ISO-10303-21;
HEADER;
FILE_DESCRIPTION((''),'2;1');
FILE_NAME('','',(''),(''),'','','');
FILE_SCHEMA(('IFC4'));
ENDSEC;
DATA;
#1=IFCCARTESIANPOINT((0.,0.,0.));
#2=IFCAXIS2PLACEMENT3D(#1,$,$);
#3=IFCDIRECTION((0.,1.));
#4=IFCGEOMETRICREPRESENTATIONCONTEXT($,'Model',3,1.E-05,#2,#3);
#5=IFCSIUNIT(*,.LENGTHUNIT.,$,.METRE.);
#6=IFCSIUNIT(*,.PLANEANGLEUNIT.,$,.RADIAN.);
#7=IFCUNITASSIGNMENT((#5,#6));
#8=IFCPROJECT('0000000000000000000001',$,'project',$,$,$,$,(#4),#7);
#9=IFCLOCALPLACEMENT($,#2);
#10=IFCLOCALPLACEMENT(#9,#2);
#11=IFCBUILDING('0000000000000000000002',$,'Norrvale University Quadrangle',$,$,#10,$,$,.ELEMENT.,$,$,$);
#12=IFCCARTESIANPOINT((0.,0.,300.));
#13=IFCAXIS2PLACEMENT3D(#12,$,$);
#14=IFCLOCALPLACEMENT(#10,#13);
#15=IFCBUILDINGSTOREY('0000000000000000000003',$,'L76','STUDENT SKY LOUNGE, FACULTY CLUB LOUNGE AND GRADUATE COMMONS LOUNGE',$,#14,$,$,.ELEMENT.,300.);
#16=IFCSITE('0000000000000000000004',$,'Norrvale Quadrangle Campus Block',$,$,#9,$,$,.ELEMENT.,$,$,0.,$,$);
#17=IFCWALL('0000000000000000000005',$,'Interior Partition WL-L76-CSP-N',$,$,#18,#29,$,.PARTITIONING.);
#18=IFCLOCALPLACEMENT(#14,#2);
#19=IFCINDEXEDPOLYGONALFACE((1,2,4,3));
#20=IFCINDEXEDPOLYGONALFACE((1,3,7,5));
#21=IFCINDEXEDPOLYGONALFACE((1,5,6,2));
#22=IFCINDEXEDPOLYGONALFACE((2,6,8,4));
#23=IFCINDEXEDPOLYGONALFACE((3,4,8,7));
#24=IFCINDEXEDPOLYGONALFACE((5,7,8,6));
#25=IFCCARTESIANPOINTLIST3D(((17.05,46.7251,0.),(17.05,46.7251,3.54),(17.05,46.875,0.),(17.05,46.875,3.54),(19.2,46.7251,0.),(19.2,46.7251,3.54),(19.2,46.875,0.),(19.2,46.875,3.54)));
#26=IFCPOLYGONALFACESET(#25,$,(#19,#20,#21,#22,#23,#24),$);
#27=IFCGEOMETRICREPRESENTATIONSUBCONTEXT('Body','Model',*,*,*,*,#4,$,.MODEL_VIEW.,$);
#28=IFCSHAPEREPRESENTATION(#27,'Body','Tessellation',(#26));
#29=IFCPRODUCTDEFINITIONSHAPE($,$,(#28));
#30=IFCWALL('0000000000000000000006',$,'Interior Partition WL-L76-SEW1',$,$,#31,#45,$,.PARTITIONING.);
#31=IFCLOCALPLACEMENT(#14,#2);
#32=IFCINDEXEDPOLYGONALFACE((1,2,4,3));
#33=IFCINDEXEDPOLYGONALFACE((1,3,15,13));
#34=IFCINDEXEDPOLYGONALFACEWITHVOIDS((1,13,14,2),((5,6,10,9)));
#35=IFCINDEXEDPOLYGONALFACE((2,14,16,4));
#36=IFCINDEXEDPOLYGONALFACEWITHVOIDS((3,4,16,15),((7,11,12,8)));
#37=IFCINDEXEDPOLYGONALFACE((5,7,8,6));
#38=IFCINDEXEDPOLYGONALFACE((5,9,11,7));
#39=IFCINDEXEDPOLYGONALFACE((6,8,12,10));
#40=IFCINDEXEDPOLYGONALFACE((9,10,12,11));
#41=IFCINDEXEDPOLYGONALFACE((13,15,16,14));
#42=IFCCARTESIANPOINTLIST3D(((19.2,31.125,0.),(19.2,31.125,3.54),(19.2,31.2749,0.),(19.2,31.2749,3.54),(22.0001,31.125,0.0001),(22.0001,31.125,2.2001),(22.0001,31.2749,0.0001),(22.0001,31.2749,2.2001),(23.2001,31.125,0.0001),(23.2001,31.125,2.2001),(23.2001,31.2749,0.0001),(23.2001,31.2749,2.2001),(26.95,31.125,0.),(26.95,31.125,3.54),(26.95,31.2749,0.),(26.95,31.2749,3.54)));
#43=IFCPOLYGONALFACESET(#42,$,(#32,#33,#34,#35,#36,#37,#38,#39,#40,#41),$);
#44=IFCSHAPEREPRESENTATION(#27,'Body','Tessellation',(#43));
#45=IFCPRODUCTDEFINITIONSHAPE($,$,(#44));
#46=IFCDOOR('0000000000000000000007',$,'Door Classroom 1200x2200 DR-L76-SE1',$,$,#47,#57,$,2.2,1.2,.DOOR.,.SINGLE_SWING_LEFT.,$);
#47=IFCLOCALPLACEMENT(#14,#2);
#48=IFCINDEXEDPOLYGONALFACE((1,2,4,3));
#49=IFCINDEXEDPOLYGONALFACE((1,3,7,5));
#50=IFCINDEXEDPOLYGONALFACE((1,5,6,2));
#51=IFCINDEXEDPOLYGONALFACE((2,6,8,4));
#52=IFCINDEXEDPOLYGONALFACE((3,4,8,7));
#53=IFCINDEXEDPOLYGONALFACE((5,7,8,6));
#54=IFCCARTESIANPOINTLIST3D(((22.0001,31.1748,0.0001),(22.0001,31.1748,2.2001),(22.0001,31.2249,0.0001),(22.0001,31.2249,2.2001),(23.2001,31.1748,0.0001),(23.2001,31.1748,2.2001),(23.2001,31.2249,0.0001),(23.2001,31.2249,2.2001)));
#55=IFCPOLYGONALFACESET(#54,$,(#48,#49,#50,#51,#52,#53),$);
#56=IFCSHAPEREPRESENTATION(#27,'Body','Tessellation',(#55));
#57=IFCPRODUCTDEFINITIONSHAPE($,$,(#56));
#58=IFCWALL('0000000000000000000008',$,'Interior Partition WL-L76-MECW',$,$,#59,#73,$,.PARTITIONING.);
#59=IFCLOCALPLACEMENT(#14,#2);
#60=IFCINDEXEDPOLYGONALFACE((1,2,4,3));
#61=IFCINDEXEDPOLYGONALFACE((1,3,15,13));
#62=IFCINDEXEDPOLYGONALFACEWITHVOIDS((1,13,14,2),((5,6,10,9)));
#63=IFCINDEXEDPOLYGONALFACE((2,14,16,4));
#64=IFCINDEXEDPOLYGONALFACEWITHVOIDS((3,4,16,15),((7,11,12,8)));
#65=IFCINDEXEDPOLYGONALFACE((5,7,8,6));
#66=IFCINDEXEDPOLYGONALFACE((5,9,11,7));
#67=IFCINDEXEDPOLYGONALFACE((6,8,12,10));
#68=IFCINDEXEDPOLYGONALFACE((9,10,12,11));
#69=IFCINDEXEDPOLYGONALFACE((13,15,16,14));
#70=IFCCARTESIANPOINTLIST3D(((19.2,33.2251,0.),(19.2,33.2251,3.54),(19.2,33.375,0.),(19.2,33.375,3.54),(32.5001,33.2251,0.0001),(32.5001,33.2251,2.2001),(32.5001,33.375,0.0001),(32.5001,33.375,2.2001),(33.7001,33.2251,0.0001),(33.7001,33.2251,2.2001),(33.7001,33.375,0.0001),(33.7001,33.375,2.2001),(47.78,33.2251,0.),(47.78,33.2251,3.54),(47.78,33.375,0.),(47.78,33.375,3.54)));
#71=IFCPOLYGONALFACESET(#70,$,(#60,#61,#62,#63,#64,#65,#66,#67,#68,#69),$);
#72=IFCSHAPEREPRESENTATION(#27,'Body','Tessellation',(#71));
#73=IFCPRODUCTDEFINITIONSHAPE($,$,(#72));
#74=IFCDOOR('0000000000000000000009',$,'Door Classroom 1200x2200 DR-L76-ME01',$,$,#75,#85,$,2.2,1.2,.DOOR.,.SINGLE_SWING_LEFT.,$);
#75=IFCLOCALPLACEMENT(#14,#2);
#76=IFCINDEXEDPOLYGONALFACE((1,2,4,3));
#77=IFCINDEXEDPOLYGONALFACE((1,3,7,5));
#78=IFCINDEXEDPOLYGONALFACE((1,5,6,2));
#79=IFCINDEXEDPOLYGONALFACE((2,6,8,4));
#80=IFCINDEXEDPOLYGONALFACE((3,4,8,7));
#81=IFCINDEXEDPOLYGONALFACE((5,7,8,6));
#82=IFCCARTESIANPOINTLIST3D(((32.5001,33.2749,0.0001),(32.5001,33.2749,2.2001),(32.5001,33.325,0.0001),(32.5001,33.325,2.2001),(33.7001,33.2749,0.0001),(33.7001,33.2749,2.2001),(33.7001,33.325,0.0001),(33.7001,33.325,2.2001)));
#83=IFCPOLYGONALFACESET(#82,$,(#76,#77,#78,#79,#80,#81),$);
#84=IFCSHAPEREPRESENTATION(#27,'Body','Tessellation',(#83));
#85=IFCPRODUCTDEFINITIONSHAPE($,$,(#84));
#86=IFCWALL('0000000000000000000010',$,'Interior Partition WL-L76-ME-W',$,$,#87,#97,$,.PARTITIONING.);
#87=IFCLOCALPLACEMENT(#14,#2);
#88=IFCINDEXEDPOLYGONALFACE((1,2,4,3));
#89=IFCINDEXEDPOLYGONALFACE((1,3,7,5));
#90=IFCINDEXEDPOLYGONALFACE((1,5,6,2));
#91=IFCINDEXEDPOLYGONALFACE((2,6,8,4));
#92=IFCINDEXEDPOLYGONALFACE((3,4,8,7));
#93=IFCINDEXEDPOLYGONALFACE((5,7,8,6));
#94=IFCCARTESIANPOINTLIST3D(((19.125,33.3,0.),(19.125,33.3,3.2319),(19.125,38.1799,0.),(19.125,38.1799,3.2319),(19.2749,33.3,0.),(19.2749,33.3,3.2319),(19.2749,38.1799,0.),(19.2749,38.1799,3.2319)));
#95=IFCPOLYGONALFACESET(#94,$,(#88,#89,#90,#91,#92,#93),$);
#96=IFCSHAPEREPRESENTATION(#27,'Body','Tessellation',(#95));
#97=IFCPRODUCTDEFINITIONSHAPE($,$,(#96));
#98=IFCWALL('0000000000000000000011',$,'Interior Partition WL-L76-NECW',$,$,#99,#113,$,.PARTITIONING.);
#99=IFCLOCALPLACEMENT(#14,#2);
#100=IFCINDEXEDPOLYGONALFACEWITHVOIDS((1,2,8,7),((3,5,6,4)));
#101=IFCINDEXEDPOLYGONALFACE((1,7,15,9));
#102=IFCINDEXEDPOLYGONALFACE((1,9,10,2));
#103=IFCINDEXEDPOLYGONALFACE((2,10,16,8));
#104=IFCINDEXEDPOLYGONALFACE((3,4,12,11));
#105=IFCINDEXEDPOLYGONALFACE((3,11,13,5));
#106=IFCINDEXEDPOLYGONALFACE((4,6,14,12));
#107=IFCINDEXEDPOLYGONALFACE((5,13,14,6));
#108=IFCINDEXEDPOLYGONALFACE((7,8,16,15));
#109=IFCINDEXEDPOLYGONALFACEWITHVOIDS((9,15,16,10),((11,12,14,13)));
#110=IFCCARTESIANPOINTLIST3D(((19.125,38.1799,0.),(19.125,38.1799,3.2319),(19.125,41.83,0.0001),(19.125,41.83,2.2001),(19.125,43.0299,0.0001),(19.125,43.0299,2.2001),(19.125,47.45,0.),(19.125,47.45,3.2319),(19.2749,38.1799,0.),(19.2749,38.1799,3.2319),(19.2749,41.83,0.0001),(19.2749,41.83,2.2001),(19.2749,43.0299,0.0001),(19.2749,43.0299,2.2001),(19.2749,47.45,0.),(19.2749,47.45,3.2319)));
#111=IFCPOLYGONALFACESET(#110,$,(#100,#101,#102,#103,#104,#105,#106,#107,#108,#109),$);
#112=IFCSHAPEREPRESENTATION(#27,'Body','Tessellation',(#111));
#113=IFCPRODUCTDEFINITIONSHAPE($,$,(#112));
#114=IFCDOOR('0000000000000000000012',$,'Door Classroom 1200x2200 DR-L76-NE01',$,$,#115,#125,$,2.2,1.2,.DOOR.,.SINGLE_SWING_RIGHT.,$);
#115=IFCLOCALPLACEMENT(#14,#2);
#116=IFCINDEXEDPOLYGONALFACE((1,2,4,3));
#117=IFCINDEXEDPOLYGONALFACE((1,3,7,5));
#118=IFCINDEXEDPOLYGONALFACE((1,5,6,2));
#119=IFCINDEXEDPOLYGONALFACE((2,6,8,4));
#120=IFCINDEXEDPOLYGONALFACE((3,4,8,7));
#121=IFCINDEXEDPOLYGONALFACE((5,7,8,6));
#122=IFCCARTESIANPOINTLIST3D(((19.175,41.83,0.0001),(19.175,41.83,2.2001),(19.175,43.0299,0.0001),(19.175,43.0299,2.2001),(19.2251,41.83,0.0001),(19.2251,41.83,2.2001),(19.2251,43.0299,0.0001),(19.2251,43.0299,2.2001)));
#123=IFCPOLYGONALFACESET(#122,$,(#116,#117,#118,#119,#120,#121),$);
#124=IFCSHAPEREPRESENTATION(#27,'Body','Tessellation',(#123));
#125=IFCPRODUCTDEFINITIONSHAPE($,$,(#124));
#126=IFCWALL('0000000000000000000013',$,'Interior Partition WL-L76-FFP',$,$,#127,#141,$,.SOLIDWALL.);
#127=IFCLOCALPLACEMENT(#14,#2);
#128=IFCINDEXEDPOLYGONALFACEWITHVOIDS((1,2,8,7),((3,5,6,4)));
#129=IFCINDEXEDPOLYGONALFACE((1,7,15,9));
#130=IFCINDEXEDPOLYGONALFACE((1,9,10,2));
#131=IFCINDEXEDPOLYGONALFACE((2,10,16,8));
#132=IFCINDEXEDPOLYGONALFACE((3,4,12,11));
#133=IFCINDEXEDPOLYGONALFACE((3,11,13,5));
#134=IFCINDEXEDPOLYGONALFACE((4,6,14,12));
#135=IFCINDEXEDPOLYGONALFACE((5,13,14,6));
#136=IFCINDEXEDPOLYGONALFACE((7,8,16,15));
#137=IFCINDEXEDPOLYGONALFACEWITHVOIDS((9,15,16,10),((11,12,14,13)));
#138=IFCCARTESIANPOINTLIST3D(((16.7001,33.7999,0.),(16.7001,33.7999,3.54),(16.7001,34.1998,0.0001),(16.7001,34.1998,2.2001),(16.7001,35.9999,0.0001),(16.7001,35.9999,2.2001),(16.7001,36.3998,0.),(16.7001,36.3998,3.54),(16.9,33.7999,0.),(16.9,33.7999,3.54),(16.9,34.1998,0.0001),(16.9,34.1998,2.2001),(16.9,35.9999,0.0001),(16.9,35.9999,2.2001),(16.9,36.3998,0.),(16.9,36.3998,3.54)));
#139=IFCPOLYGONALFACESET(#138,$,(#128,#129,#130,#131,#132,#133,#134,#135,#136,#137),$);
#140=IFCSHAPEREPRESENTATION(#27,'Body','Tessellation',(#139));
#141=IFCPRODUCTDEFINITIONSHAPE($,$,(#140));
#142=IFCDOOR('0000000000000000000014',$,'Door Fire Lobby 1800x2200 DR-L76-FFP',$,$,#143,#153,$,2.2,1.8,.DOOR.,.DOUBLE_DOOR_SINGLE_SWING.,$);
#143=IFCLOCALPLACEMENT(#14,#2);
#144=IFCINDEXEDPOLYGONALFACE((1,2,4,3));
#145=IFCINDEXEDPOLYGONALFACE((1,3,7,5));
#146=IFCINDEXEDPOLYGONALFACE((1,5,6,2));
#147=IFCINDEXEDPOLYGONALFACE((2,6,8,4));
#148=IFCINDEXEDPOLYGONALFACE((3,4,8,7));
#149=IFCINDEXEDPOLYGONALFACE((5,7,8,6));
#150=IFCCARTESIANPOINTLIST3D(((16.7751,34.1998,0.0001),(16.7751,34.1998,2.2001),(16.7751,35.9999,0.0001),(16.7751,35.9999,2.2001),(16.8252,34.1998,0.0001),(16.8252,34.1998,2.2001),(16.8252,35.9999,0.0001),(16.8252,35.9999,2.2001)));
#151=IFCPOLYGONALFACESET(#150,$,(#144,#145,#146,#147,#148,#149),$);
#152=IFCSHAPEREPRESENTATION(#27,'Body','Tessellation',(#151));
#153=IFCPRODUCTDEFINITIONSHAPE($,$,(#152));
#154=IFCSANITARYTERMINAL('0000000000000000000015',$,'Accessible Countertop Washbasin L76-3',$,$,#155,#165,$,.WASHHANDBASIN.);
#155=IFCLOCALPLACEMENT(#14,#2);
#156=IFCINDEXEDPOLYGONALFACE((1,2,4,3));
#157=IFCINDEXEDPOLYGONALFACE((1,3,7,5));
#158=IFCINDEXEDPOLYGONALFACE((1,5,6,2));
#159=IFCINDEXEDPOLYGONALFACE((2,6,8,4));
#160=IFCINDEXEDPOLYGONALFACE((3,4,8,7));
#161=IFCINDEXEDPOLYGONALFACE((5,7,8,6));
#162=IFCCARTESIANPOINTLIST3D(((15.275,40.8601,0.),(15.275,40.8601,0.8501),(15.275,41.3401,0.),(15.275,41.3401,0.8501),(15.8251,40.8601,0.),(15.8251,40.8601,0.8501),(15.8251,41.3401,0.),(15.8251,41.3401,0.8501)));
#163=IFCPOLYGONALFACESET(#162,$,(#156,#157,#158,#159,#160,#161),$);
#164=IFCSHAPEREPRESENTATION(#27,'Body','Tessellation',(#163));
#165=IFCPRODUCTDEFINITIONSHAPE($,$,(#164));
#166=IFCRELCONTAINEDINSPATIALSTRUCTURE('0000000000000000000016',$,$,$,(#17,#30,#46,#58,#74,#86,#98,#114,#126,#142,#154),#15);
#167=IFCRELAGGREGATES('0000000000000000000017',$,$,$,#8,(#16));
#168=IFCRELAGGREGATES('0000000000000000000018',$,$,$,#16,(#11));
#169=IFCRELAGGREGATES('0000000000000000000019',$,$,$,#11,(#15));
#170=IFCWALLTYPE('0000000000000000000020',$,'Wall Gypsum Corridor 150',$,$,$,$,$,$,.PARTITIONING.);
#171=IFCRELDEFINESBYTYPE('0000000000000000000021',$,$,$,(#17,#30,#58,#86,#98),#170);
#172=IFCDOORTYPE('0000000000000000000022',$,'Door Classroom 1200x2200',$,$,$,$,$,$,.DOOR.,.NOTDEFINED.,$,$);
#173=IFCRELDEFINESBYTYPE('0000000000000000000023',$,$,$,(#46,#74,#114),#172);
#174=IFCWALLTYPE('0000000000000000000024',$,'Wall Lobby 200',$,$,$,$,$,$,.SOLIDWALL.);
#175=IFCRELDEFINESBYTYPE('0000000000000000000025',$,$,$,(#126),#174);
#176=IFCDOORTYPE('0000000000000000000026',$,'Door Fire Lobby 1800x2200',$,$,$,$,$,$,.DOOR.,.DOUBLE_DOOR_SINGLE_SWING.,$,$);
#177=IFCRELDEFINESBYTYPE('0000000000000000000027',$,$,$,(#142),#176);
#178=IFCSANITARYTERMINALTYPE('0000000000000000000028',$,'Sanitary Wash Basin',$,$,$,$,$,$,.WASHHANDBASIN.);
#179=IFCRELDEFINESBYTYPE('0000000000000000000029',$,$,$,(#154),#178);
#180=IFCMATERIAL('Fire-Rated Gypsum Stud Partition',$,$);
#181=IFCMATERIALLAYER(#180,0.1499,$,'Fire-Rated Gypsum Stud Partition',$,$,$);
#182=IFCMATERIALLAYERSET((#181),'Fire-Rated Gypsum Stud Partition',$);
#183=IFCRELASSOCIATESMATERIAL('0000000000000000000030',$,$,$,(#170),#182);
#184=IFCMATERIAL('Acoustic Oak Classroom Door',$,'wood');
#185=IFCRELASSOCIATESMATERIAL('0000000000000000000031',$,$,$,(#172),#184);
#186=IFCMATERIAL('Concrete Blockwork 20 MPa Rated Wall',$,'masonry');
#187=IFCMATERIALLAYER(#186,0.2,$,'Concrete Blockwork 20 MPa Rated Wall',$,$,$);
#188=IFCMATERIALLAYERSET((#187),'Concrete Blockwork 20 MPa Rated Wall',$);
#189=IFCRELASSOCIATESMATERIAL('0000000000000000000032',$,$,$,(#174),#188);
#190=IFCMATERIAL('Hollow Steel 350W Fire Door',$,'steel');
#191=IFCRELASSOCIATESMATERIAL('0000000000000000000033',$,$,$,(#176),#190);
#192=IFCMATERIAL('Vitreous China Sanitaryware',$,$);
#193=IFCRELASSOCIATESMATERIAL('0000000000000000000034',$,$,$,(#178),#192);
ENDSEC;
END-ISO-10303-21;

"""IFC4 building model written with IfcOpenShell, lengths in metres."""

from ifc_helpers import new_model, si_unit, direction, frame, frame_2d, origin, origin_2d, place, context, subcontext, project, spatial, rectangle, extrude, material, layer, layer_set, type_object, element, fill, save


model = new_model("IFC4")

# Units and contexts
model_context = context("Model", 3, precision=1e-05, world=origin(), true_north=direction((0.0, 1.0)))
body_context = subcontext(model_context, "Body", "Model", "MODEL_VIEW")
ifc_project = project(units=[si_unit("LENGTHUNIT", "METRE"), si_unit("PLANEANGLEUNIT", "RADIAN")], contexts=[model_context])

# Site, building, storey
site_placement = place(None, origin())
site = spatial("IfcSite", under=ifc_project, at=site_placement, Name="Norrvale Quadrangle Campus Block", CompositionType="ELEMENT", RefElevation=0.0)
building_placement = place(site_placement, origin())
building = spatial("IfcBuilding", under=site, at=building_placement, Name="Norrvale University Quadrangle", CompositionType="ELEMENT")
storey_placement = place(building_placement, frame((0.0, 0.0, 300.0)))
storey = spatial("IfcBuildingStorey", under=building, at=storey_placement, Name="L76", Description="STUDENT SKY LOUNGE, FACULTY CLUB LOUNGE AND GRADUATE COMMONS LOUNGE", CompositionType="ELEMENT", Elevation=300.0)

# Wall
ifc_material_1 = material(Name="Fire-Rated Gypsum Stud Partition")
ifc_layer_1 = layer(ifc_material_1, 0.1499, Name="Fire-Rated Gypsum Stud Partition")
ifc_layer_set_1 = layer_set([ifc_layer_1], Name="Fire-Rated Gypsum Stud Partition")
wall_type_1 = type_object("IfcWallType", Name="Wall Gypsum Corridor 150", PredefinedType="PARTITIONING", material=ifc_layer_set_1)
wall_1_placement = place(storey_placement, frame((17.05, 46.8, 0.0), z_axis=(0.0, 0.0, 1.0), x_axis=(1.0, 0.0, 0.0)))
element("IfcWall", 1, at=wall_1_placement, inside=storey, type_object=wall_type_1, Name="Interior Partition WL-L76-CSP-N", PredefinedType="PARTITIONING", context=body_context, shape_type="SweptSolid", body=[
    extrude(rectangle(XDim=2.1499, YDim=0.1499, at=frame_2d((1.075, 0.0))), origin(), (0.0, 0.0, 1.0), 3.54),
])

# Walls, openings, doors
wall_2_placement = place(storey_placement, frame((19.2, 31.2, 0.0), z_axis=(0.0, 0.0, 1.0), x_axis=(1.0, 0.0, 0.0)))
wall_2 = element("IfcWall", 2, at=wall_2_placement, inside=storey, type_object=wall_type_1, Name="Interior Partition WL-L76-SEW1", PredefinedType="PARTITIONING", context=body_context, shape_type="SweptSolid", body=[
    extrude(rectangle(XDim=7.75, YDim=0.1499, at=frame_2d((3.875, 0.0))), origin(), (0.0, 0.0, 1.0), 3.54),
])
opening_1_placement = place(wall_2_placement, frame((2.8, 0.0, 0.0)))
opening_1 = element("IfcOpeningElement", 3, at=opening_1_placement, cuts=wall_2, PredefinedType="OPENING", context=body_context, shape_type="SweptSolid", body=[
    extrude(rectangle(XDim=1.2, YDim=2.2, at=frame_2d((0.6001, 1.1001))), frame((0.0, 0.0869, 0.0), z_axis=(0.0, -1.0, 0.0), x_axis=(1.0, 0.0, 0.0)), (0.0, 0.0, 1.0), 0.1738),
])
ifc_material_2 = material(Name="Acoustic Oak Classroom Door", Category="wood")
door_type_1 = type_object("IfcDoorType", Name="Door Classroom 1200x2200", OperationType="NOTDEFINED", PredefinedType="DOOR", material=ifc_material_2)
door_1_placement = place(opening_1_placement, origin())
door_1 = element("IfcDoor", 4, at=door_1_placement, inside=storey, type_object=door_type_1, Name="Door Classroom 1200x2200 DR-L76-SE1", OperationType="SINGLE_SWING_LEFT", OverallHeight=2.2, OverallWidth=1.2, PredefinedType="DOOR", context=body_context, shape_type="SweptSolid", body=[
    extrude(rectangle(XDim=1.2, YDim=2.2, at=frame_2d((0.6001, 1.1001))), frame((0.0, 0.0249, 0.0), z_axis=(0.0, -1.0, 0.0), x_axis=(1.0, 0.0, 0.0)), (0.0, 0.0, 1.0), 0.05),
])
fill(opening_1, door_1)
wall_3_placement = place(storey_placement, frame((19.2, 33.3, 0.0), z_axis=(0.0, 0.0, 1.0), x_axis=(1.0, 0.0, 0.0)))
wall_3 = element("IfcWall", 5, at=wall_3_placement, inside=storey, type_object=wall_type_1, Name="Interior Partition WL-L76-MECW", PredefinedType="PARTITIONING", context=body_context, shape_type="SweptSolid", body=[
    extrude(rectangle(XDim=28.5801, YDim=0.1499, at=frame_2d((14.29, 0.0))), origin(), (0.0, 0.0, 1.0), 3.54),
])
opening_2_placement = place(wall_3_placement, frame((13.3, 0.0, 0.0)))
opening_2 = element("IfcOpeningElement", 6, at=opening_2_placement, cuts=wall_3, PredefinedType="OPENING", context=body_context, shape_type="SweptSolid", body=[
    extrude(rectangle(XDim=1.2, YDim=2.2, at=frame_2d((0.6001, 1.1001))), frame((0.0, 0.0869, 0.0), z_axis=(0.0, -1.0, 0.0), x_axis=(1.0, 0.0, 0.0)), (0.0, 0.0, 1.0), 0.1738),
])
door_2_placement = place(opening_2_placement, origin())
door_2 = element("IfcDoor", 7, at=door_2_placement, inside=storey, type_object=door_type_1, Name="Door Classroom 1200x2200 DR-L76-ME01", OperationType="SINGLE_SWING_LEFT", OverallHeight=2.2, OverallWidth=1.2, PredefinedType="DOOR", context=body_context, shape_type="SweptSolid", body=[
    extrude(rectangle(XDim=1.2, YDim=2.2, at=frame_2d((0.6001, 1.1001))), frame((0.0, 0.0249, 0.0), z_axis=(0.0, -1.0, 0.0), x_axis=(1.0, 0.0, 0.0)), (0.0, 0.0, 1.0), 0.05),
])
fill(opening_2, door_2)

# Wall
wall_4_placement = place(storey_placement, frame((19.2, 33.3, 0.0), z_axis=(0.0, 0.0, 1.0), x_axis=(0.0, 1.0, 0.0)))
element("IfcWall", 8, at=wall_4_placement, inside=storey, type_object=wall_type_1, Name="Interior Partition WL-L76-ME-W", PredefinedType="PARTITIONING", context=body_context, shape_type="SweptSolid", body=[
    extrude(rectangle(XDim=4.8799, YDim=0.1499, at=frame_2d((2.4399, 0.0))), origin(), (0.0, 0.0, 1.0), 3.2319),
])

# Walls, openings, doors
wall_5_placement = place(storey_placement, frame((19.2, 38.1799, 0.0), z_axis=(0.0, 0.0, 1.0), x_axis=(0.0, 1.0, 0.0)))
wall_5 = element("IfcWall", 9, at=wall_5_placement, inside=storey, type_object=wall_type_1, Name="Interior Partition WL-L76-NECW", PredefinedType="PARTITIONING", context=body_context, shape_type="SweptSolid", body=[
    extrude(rectangle(XDim=9.27, YDim=0.1499, at=frame_2d((4.635, 0.0))), origin(), (0.0, 0.0, 1.0), 3.2319),
])
opening_3_placement = place(wall_5_placement, frame((3.6499, 0.0, 0.0)))
opening_3 = element("IfcOpeningElement", 10, at=opening_3_placement, cuts=wall_5, PredefinedType="OPENING", context=body_context, shape_type="SweptSolid", body=[
    extrude(rectangle(XDim=1.2, YDim=2.2, at=frame_2d((0.6001, 1.1001))), frame((0.0, 0.0869, 0.0), z_axis=(0.0, -1.0, 0.0), x_axis=(1.0, 0.0, 0.0)), (0.0, 0.0, 1.0), 0.1738),
])
door_3_placement = place(opening_3_placement, origin())
door_3 = element("IfcDoor", 11, at=door_3_placement, inside=storey, type_object=door_type_1, Name="Door Classroom 1200x2200 DR-L76-NE01", OperationType="SINGLE_SWING_RIGHT", OverallHeight=2.2, OverallWidth=1.2, PredefinedType="DOOR", context=body_context, shape_type="SweptSolid", body=[
    extrude(rectangle(XDim=1.2, YDim=2.2, at=frame_2d((0.6001, 1.1001))), frame((0.0, 0.0249, 0.0), z_axis=(0.0, -1.0, 0.0), x_axis=(1.0, 0.0, 0.0)), (0.0, 0.0, 1.0), 0.05),
])
fill(opening_3, door_3)
ifc_material_3 = material(Name="Concrete Blockwork 20 MPa Rated Wall", Category="masonry")
ifc_layer_2 = layer(ifc_material_3, 0.2, Name="Concrete Blockwork 20 MPa Rated Wall")
ifc_layer_set_2 = layer_set([ifc_layer_2], Name="Concrete Blockwork 20 MPa Rated Wall")
wall_type_2 = type_object("IfcWallType", Name="Wall Lobby 200", PredefinedType="SOLIDWALL", material=ifc_layer_set_2)
wall_6_placement = place(storey_placement, frame((16.8, 33.8, 0.0), z_axis=(0.0, 0.0, 1.0), x_axis=(0.0, 1.0, 0.0)))
wall_6 = element("IfcWall", 12, at=wall_6_placement, inside=storey, type_object=wall_type_2, Name="Interior Partition WL-L76-FFP", PredefinedType="SOLIDWALL", context=body_context, shape_type="SweptSolid", body=[
    extrude(rectangle(XDim=2.5999, YDim=0.2, at=frame_2d((1.2998, 0.0))), origin(), (0.0, 0.0, 1.0), 3.54),
])
opening_4_placement = place(wall_6_placement, frame((0.3999, 0.0, 0.0)))
opening_4 = element("IfcOpeningElement", 13, at=opening_4_placement, cuts=wall_6, PredefinedType="OPENING", context=body_context, shape_type="SweptSolid", body=[
    extrude(rectangle(XDim=1.8, YDim=2.2, at=frame_2d((0.8999, 1.1001))), frame((0.0, 0.1121, 0.0), z_axis=(0.0, -1.0, 0.0), x_axis=(1.0, 0.0, 0.0)), (0.0, 0.0, 1.0), 0.2239),
])
ifc_material_4 = material(Name="Hollow Steel 350W Fire Door", Category="steel")
door_type_2 = type_object("IfcDoorType", Name="Door Fire Lobby 1800x2200", OperationType="DOUBLE_DOOR_SINGLE_SWING", PredefinedType="DOOR", material=ifc_material_4)
door_4_placement = place(opening_4_placement, origin())
door_4 = element("IfcDoor", 14, at=door_4_placement, inside=storey, type_object=door_type_2, Name="Door Fire Lobby 1800x2200 DR-L76-FFP", OperationType="DOUBLE_DOOR_SINGLE_SWING", OverallHeight=2.2, OverallWidth=1.8, PredefinedType="DOOR", context=body_context, shape_type="SweptSolid", body=[
    extrude(rectangle(XDim=1.8, YDim=2.2, at=frame_2d((0.8999, 1.1001))), frame((0.0, 0.0249, 0.0), z_axis=(0.0, -1.0, 0.0), x_axis=(1.0, 0.0, 0.0)), (0.0, 0.0, 1.0), 0.05),
])
fill(opening_4, door_4)

# Sanitary terminal
ifc_material_5 = material(Name="Vitreous China Sanitaryware")
sanitary_terminal_type_1 = type_object("IfcSanitaryTerminalType", Name="Sanitary Wash Basin", PredefinedType="WASHHANDBASIN", material=ifc_material_5)
sanitary_terminal_1_placement = place(storey_placement, frame((15.55, 41.1001, 0.0), z_axis=(0.0, 0.0, 1.0), x_axis=(1.0, 0.0, 0.0)))
element("IfcSanitaryTerminal", 15, at=sanitary_terminal_1_placement, inside=storey, type_object=sanitary_terminal_type_1, Name="Accessible Countertop Washbasin L76-3", PredefinedType="WASHHANDBASIN", context=body_context, shape_type="SweptSolid", body=[
    extrude(rectangle(XDim=0.55, YDim=0.48, at=origin_2d()), origin(), (0.0, 0.0, 1.0), 0.8501),
])

save(model, "model.ifc")
